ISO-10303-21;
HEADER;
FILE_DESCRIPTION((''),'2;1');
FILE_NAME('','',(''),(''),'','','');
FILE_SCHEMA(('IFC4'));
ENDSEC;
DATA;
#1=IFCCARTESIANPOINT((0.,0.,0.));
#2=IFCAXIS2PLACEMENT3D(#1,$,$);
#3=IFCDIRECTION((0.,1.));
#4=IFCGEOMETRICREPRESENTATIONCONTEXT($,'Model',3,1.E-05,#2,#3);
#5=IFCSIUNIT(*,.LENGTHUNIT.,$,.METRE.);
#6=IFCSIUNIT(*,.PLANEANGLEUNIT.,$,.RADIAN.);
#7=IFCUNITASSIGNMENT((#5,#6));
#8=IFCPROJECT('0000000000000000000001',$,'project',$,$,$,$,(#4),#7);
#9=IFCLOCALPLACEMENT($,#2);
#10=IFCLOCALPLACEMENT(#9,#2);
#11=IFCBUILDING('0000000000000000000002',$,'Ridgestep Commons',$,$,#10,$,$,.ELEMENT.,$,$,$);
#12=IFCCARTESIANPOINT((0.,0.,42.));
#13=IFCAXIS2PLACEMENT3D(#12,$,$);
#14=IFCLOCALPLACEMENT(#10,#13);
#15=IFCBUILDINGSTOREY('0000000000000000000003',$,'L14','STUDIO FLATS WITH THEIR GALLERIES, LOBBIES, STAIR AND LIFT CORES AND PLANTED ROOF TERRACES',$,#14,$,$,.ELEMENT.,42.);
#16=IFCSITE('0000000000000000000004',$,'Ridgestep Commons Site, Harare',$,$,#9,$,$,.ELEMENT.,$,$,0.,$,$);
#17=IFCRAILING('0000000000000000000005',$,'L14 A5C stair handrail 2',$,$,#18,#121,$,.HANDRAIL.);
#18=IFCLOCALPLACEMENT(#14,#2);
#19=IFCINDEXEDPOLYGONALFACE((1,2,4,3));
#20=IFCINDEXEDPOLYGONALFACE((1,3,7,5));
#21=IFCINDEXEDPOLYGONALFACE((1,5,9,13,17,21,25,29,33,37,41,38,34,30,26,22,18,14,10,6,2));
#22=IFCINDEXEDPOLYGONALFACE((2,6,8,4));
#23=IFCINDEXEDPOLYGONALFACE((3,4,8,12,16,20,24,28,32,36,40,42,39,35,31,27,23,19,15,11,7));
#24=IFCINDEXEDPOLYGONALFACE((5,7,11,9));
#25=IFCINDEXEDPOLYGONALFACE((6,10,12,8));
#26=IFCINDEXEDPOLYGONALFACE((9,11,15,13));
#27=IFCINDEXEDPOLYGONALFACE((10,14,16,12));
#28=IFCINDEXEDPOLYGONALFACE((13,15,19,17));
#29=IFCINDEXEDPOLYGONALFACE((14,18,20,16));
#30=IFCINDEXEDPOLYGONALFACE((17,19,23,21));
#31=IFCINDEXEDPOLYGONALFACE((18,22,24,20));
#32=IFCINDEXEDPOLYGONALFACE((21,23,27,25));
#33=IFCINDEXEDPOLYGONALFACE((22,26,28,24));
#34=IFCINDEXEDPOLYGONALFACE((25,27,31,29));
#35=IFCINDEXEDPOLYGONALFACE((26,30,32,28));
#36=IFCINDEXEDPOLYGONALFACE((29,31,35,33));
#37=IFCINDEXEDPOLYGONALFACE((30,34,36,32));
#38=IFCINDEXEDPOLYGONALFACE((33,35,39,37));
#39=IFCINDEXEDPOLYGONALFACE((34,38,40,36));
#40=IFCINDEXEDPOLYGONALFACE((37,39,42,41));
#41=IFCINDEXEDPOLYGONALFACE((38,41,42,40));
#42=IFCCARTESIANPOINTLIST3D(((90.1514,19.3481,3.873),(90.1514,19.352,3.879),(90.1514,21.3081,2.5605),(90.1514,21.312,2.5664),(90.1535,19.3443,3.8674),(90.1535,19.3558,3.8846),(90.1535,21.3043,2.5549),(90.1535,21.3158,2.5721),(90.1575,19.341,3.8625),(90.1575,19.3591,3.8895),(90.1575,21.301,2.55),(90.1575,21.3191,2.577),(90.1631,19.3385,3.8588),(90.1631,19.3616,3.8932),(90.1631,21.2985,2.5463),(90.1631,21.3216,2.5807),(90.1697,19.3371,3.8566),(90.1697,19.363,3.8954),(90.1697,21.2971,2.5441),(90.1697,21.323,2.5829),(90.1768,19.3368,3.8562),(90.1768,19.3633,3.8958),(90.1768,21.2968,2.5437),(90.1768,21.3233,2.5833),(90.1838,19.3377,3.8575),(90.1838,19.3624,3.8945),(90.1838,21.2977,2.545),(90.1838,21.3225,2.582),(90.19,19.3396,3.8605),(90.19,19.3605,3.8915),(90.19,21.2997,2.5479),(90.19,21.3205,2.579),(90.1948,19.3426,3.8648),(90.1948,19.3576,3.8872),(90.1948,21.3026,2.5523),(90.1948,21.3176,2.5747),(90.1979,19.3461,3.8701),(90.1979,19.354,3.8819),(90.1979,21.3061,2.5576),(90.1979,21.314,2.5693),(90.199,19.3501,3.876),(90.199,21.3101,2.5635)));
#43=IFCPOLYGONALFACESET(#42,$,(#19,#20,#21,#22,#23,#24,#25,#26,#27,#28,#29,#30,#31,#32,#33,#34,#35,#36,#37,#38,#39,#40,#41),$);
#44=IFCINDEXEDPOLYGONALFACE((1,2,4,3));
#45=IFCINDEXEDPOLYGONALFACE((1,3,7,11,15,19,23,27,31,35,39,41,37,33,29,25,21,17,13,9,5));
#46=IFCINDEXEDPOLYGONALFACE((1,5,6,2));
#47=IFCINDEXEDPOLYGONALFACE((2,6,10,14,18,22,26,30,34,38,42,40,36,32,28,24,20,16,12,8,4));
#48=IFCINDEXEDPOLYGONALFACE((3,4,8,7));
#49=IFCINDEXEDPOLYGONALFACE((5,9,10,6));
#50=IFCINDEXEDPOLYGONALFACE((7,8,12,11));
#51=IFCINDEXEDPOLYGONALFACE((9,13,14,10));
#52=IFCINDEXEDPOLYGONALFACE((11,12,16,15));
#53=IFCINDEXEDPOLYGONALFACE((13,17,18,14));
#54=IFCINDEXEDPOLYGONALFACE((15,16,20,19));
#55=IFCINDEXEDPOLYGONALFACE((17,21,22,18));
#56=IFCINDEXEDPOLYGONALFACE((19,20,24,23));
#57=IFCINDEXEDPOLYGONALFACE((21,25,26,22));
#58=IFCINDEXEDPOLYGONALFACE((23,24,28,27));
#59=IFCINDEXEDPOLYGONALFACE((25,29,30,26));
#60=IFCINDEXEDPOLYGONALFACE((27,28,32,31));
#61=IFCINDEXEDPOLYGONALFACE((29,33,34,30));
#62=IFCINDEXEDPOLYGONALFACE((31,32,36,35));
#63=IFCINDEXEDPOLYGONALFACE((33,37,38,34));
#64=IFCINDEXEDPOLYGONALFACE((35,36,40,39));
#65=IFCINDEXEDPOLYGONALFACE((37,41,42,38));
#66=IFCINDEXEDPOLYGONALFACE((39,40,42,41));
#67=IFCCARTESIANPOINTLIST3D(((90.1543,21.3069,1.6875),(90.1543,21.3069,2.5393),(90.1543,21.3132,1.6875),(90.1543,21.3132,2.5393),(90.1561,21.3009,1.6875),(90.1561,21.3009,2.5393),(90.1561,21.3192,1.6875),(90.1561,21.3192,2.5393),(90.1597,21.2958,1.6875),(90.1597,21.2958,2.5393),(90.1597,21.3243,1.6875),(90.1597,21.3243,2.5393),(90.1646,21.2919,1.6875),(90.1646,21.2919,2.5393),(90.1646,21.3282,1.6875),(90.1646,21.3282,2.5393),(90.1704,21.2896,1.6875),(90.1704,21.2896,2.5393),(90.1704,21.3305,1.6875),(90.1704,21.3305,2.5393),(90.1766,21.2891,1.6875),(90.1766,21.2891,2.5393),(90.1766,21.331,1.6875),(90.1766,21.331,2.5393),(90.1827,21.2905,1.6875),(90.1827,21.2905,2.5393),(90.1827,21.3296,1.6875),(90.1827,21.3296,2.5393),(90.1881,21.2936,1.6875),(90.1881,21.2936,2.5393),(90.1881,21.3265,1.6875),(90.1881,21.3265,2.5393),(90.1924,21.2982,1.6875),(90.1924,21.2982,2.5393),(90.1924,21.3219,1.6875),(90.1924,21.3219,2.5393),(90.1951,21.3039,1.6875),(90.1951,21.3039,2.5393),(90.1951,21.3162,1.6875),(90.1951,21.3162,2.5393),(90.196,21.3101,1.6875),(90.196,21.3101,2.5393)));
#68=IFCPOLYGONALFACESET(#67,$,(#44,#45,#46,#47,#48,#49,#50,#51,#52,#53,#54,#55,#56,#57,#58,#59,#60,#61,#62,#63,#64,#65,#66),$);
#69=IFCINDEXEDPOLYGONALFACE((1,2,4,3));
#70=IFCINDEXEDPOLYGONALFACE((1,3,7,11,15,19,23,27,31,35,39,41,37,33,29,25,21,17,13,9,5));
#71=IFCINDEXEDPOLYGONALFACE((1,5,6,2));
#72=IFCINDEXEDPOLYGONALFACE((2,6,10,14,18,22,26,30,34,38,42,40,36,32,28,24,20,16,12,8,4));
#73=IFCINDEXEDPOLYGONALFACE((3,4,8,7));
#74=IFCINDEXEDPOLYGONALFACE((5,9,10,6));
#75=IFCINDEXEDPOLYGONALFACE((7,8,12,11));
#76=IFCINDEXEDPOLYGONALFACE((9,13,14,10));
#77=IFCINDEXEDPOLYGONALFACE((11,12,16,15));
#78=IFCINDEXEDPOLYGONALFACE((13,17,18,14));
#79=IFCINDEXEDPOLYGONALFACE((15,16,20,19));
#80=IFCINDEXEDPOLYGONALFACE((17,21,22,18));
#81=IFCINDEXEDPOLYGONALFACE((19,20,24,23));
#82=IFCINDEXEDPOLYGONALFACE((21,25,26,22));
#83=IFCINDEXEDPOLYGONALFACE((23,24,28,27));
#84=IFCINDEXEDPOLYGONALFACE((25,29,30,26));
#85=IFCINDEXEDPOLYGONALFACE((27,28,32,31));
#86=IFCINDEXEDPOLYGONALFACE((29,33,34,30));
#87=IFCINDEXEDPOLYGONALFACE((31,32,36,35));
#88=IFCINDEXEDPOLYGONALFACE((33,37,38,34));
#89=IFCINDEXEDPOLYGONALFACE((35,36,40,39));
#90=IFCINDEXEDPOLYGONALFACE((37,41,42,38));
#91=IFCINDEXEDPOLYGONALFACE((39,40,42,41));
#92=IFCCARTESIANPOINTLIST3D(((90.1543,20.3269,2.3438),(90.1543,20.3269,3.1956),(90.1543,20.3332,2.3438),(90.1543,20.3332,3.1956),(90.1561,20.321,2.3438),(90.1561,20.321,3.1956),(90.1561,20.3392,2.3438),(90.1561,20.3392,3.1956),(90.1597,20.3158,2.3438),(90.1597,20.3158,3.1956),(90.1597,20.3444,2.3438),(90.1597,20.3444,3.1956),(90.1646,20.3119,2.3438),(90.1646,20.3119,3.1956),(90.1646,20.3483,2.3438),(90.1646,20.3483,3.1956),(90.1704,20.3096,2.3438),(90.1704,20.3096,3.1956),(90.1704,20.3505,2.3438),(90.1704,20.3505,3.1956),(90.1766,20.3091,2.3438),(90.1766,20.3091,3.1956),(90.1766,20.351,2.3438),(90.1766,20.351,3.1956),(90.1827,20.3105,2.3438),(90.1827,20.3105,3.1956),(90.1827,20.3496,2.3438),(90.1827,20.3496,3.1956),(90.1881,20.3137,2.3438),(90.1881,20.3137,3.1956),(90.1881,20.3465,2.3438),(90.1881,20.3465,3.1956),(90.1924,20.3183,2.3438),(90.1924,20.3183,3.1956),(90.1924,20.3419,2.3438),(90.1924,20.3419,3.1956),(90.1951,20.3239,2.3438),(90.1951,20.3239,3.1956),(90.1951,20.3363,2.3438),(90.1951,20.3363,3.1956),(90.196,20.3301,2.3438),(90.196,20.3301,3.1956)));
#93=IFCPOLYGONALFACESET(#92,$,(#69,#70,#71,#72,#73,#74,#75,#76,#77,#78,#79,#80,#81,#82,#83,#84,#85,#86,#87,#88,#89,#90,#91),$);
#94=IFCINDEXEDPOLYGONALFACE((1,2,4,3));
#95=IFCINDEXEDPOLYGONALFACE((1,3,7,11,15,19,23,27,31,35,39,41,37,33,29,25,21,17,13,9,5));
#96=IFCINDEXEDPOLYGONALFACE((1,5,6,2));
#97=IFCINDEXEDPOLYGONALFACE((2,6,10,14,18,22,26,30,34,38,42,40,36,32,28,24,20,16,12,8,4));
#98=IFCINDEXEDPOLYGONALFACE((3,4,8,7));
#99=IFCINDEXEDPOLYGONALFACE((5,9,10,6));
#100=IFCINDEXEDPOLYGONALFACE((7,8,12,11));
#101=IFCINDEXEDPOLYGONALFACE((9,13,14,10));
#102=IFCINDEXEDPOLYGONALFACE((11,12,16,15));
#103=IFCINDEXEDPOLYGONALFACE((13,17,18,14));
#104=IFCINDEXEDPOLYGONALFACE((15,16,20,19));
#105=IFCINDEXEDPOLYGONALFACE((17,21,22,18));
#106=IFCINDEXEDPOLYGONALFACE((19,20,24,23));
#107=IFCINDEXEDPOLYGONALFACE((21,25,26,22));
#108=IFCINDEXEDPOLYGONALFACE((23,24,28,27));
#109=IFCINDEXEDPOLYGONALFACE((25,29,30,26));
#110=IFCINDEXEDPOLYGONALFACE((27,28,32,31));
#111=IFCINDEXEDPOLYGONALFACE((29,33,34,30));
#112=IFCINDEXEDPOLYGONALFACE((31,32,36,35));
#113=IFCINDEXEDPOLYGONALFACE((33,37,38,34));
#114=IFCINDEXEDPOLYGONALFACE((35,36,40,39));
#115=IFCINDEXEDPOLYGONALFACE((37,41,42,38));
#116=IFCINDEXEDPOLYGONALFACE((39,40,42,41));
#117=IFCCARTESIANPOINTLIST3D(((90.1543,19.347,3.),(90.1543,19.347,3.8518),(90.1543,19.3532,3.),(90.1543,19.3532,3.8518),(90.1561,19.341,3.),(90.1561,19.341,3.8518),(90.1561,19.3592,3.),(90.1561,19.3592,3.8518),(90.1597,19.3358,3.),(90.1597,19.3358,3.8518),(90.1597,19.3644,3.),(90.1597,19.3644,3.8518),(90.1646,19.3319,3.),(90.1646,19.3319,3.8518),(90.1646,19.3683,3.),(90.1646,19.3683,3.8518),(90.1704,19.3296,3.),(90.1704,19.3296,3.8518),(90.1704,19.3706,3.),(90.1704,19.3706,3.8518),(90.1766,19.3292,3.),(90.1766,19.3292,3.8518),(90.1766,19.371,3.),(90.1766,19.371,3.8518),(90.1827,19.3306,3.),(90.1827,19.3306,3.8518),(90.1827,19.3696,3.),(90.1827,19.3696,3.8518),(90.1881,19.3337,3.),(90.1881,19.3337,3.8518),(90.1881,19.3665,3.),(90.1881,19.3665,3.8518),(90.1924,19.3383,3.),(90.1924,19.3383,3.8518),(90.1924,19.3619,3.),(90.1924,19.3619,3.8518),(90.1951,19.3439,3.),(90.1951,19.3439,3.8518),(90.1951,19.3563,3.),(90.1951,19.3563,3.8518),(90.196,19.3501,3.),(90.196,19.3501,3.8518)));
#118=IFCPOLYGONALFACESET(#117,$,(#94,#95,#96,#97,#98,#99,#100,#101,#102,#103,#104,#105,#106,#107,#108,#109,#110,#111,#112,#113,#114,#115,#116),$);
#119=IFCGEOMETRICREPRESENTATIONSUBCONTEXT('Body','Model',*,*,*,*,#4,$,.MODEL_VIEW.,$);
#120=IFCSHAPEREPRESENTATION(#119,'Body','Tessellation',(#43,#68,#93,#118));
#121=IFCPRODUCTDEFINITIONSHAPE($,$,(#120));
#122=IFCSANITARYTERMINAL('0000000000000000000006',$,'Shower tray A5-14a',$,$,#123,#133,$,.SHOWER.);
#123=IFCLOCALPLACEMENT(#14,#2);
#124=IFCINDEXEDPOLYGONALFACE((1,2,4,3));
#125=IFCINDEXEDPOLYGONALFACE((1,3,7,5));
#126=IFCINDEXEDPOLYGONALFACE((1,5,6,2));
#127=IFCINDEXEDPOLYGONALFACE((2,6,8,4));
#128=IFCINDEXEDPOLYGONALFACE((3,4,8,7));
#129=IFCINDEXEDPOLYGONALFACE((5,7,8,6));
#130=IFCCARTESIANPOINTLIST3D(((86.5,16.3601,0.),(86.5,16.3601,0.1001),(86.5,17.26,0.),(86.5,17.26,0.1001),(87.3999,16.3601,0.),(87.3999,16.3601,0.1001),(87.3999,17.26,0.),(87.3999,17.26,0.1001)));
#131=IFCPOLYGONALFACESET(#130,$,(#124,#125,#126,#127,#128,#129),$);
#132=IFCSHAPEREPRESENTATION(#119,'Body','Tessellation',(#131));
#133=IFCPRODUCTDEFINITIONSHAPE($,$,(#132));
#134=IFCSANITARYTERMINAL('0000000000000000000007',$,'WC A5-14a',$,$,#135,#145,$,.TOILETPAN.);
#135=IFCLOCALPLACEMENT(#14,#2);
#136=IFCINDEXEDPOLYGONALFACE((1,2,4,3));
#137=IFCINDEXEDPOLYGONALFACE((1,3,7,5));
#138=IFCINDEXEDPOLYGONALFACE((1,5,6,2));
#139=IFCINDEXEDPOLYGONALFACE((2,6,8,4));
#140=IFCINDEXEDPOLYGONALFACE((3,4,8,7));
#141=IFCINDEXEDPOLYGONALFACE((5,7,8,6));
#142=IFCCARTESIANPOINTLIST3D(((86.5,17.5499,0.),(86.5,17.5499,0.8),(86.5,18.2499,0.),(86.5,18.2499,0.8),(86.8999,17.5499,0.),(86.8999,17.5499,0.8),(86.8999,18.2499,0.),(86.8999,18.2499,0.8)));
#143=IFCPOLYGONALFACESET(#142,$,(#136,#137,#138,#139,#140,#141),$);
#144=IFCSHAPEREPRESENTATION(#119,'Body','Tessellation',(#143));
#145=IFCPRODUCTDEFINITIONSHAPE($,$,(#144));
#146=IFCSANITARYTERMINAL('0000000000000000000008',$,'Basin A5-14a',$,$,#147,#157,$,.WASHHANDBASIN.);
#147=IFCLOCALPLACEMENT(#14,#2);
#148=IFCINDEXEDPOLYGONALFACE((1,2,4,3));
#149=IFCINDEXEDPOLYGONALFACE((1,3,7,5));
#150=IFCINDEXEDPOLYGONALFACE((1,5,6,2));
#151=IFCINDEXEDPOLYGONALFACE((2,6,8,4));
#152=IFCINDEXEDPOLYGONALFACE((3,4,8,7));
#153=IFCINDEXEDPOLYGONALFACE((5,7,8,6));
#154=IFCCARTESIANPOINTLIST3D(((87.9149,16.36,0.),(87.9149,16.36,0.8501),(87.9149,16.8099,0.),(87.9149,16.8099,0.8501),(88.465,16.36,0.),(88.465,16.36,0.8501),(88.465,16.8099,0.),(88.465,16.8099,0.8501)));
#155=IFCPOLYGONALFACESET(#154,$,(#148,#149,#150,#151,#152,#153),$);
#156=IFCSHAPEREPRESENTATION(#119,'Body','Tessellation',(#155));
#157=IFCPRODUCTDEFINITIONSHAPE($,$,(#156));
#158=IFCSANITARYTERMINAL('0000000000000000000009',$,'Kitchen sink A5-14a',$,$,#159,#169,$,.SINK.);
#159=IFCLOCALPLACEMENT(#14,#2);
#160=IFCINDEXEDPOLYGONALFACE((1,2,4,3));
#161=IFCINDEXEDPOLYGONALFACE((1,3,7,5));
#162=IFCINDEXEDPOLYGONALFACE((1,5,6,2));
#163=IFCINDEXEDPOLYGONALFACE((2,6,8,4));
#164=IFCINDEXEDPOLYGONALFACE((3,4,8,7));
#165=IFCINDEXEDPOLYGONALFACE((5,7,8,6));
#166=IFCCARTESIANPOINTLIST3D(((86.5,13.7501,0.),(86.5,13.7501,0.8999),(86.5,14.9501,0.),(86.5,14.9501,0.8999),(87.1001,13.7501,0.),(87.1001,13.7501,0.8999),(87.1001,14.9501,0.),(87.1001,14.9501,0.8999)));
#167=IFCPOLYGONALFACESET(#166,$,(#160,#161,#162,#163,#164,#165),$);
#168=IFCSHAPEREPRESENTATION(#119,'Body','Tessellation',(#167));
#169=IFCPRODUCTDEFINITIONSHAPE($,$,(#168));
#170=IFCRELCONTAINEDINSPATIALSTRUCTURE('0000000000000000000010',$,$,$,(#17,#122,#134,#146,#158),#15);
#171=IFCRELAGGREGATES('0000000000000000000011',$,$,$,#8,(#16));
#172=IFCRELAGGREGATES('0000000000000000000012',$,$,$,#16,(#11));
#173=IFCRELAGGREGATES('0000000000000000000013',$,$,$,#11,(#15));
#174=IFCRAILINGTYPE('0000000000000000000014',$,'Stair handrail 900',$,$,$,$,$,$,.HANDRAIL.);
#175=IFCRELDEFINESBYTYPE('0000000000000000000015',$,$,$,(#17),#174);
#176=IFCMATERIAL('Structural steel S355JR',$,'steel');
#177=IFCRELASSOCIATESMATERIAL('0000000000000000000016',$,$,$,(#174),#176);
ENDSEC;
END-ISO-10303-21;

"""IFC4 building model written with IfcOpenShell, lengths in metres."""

from ifc_helpers import new_model, si_unit, direction, frame, origin, origin_2d, place, context, subcontext, project, spatial, rectangle, circle, extrude, material, type_object, element, save


model = new_model("IFC4")

# Units and contexts
model_context = context("Model", 3, precision=1e-05, world=origin(), true_north=direction((0.0, 1.0)))
body_context = subcontext(model_context, "Body", "Model", "MODEL_VIEW")
ifc_project = project(units=[si_unit("LENGTHUNIT", "METRE"), si_unit("PLANEANGLEUNIT", "RADIAN")], contexts=[model_context])

# Site, building, storey
site_placement = place(None, origin())
site = spatial("IfcSite", under=ifc_project, at=site_placement, Name="Ridgestep Commons Site, Harare", CompositionType="ELEMENT", RefElevation=0.0)
building_placement = place(site_placement, origin())
building = spatial("IfcBuilding", under=site, at=building_placement, Name="Ridgestep Commons", CompositionType="ELEMENT")
storey_placement = place(building_placement, frame((0.0, 0.0, 42.0)))
storey = spatial("IfcBuildingStorey", under=building, at=storey_placement, Name="L14", Description="STUDIO FLATS WITH THEIR GALLERIES, LOBBIES, STAIR AND LIFT CORES AND PLANTED ROOF TERRACES", CompositionType="ELEMENT", Elevation=42.0)

# Railing
ifc_material_1 = material(Name="Structural steel S355JR", Category="steel")
railing_type_1 = type_object("IfcRailingType", Name="Stair handrail 900", PredefinedType="HANDRAIL", material=ifc_material_1)
railing_1_placement = place(storey_placement, frame((90.175, 21.3101, 1.6875)))
element("IfcRailing", 1, at=railing_1_placement, inside=storey, type_object=railing_type_1, Name="L14 A5C stair handrail 2", PredefinedType="HANDRAIL", context=body_context, shape_type="SweptSolid", body=[
    extrude(circle(Radius=0.0239, at=origin_2d()), frame((0.0, 0.0, 0.876), z_axis=(0.0, -0.830902, 0.556419), x_axis=(1.0, 0.0, 0.0)), (0.0, 0.0, 1.0), 2.3589),
    extrude(circle(Radius=0.021, at=origin_2d()), origin(), (0.0, 0.0, 1.0), 0.8518),
    extrude(circle(Radius=0.021, at=origin_2d()), frame((0.0, -0.98, 0.6562)), (0.0, 0.0, 1.0), 0.8518),
    extrude(circle(Radius=0.021, at=origin_2d()), frame((0.0, -1.96, 1.3125)), (0.0, 0.0, 1.0), 0.8518),
])

# Sanitary terminals
sanitary_terminal_1_placement = place(storey_placement, frame((86.95, 16.8101, 0.0), z_axis=(0.0, 0.0, 1.0), x_axis=(1.0, 0.0, 0.0)))
element("IfcSanitaryTerminal", 2, at=sanitary_terminal_1_placement, inside=storey, Name="Shower tray A5-14a", PredefinedType="SHOWER", context=body_context, shape_type="SweptSolid", body=[
    extrude(rectangle(XDim=0.8999, YDim=0.8999, at=origin_2d()), origin(), (0.0, 0.0, 1.0), 0.1001),
])
sanitary_terminal_2_placement = place(storey_placement, frame((86.7, 17.8999, 0.0), z_axis=(0.0, 0.0, 1.0), x_axis=(1.0, 0.0, 0.0)))
element("IfcSanitaryTerminal", 3, at=sanitary_terminal_2_placement, inside=storey, Name="WC A5-14a", PredefinedType="TOILETPAN", context=body_context, shape_type="SweptSolid", body=[
    extrude(rectangle(XDim=0.3999, YDim=0.7, at=origin_2d()), origin(), (0.0, 0.0, 1.0), 0.8),
])
sanitary_terminal_3_placement = place(storey_placement, frame((88.1899, 16.585, 0.0), z_axis=(0.0, 0.0, 1.0), x_axis=(1.0, 0.0, 0.0)))
element("IfcSanitaryTerminal", 4, at=sanitary_terminal_3_placement, inside=storey, Name="Basin A5-14a", PredefinedType="WASHHANDBASIN", context=body_context, shape_type="SweptSolid", body=[
    extrude(rectangle(XDim=0.55, YDim=0.45, at=origin_2d()), origin(), (0.0, 0.0, 1.0), 0.8501),
])
sanitary_terminal_4_placement = place(storey_placement, frame((86.8, 14.3501, 0.0), z_axis=(0.0, 0.0, 1.0), x_axis=(1.0, 0.0, 0.0)))
element("IfcSanitaryTerminal", 5, at=sanitary_terminal_4_placement, inside=storey, Name="Kitchen sink A5-14a", PredefinedType="SINK", context=body_context, shape_type="SweptSolid", body=[
    extrude(rectangle(XDim=0.6001, YDim=1.2, at=origin_2d()), origin(), (0.0, 0.0, 1.0), 0.8999),
])

save(model, "model.ifc")
